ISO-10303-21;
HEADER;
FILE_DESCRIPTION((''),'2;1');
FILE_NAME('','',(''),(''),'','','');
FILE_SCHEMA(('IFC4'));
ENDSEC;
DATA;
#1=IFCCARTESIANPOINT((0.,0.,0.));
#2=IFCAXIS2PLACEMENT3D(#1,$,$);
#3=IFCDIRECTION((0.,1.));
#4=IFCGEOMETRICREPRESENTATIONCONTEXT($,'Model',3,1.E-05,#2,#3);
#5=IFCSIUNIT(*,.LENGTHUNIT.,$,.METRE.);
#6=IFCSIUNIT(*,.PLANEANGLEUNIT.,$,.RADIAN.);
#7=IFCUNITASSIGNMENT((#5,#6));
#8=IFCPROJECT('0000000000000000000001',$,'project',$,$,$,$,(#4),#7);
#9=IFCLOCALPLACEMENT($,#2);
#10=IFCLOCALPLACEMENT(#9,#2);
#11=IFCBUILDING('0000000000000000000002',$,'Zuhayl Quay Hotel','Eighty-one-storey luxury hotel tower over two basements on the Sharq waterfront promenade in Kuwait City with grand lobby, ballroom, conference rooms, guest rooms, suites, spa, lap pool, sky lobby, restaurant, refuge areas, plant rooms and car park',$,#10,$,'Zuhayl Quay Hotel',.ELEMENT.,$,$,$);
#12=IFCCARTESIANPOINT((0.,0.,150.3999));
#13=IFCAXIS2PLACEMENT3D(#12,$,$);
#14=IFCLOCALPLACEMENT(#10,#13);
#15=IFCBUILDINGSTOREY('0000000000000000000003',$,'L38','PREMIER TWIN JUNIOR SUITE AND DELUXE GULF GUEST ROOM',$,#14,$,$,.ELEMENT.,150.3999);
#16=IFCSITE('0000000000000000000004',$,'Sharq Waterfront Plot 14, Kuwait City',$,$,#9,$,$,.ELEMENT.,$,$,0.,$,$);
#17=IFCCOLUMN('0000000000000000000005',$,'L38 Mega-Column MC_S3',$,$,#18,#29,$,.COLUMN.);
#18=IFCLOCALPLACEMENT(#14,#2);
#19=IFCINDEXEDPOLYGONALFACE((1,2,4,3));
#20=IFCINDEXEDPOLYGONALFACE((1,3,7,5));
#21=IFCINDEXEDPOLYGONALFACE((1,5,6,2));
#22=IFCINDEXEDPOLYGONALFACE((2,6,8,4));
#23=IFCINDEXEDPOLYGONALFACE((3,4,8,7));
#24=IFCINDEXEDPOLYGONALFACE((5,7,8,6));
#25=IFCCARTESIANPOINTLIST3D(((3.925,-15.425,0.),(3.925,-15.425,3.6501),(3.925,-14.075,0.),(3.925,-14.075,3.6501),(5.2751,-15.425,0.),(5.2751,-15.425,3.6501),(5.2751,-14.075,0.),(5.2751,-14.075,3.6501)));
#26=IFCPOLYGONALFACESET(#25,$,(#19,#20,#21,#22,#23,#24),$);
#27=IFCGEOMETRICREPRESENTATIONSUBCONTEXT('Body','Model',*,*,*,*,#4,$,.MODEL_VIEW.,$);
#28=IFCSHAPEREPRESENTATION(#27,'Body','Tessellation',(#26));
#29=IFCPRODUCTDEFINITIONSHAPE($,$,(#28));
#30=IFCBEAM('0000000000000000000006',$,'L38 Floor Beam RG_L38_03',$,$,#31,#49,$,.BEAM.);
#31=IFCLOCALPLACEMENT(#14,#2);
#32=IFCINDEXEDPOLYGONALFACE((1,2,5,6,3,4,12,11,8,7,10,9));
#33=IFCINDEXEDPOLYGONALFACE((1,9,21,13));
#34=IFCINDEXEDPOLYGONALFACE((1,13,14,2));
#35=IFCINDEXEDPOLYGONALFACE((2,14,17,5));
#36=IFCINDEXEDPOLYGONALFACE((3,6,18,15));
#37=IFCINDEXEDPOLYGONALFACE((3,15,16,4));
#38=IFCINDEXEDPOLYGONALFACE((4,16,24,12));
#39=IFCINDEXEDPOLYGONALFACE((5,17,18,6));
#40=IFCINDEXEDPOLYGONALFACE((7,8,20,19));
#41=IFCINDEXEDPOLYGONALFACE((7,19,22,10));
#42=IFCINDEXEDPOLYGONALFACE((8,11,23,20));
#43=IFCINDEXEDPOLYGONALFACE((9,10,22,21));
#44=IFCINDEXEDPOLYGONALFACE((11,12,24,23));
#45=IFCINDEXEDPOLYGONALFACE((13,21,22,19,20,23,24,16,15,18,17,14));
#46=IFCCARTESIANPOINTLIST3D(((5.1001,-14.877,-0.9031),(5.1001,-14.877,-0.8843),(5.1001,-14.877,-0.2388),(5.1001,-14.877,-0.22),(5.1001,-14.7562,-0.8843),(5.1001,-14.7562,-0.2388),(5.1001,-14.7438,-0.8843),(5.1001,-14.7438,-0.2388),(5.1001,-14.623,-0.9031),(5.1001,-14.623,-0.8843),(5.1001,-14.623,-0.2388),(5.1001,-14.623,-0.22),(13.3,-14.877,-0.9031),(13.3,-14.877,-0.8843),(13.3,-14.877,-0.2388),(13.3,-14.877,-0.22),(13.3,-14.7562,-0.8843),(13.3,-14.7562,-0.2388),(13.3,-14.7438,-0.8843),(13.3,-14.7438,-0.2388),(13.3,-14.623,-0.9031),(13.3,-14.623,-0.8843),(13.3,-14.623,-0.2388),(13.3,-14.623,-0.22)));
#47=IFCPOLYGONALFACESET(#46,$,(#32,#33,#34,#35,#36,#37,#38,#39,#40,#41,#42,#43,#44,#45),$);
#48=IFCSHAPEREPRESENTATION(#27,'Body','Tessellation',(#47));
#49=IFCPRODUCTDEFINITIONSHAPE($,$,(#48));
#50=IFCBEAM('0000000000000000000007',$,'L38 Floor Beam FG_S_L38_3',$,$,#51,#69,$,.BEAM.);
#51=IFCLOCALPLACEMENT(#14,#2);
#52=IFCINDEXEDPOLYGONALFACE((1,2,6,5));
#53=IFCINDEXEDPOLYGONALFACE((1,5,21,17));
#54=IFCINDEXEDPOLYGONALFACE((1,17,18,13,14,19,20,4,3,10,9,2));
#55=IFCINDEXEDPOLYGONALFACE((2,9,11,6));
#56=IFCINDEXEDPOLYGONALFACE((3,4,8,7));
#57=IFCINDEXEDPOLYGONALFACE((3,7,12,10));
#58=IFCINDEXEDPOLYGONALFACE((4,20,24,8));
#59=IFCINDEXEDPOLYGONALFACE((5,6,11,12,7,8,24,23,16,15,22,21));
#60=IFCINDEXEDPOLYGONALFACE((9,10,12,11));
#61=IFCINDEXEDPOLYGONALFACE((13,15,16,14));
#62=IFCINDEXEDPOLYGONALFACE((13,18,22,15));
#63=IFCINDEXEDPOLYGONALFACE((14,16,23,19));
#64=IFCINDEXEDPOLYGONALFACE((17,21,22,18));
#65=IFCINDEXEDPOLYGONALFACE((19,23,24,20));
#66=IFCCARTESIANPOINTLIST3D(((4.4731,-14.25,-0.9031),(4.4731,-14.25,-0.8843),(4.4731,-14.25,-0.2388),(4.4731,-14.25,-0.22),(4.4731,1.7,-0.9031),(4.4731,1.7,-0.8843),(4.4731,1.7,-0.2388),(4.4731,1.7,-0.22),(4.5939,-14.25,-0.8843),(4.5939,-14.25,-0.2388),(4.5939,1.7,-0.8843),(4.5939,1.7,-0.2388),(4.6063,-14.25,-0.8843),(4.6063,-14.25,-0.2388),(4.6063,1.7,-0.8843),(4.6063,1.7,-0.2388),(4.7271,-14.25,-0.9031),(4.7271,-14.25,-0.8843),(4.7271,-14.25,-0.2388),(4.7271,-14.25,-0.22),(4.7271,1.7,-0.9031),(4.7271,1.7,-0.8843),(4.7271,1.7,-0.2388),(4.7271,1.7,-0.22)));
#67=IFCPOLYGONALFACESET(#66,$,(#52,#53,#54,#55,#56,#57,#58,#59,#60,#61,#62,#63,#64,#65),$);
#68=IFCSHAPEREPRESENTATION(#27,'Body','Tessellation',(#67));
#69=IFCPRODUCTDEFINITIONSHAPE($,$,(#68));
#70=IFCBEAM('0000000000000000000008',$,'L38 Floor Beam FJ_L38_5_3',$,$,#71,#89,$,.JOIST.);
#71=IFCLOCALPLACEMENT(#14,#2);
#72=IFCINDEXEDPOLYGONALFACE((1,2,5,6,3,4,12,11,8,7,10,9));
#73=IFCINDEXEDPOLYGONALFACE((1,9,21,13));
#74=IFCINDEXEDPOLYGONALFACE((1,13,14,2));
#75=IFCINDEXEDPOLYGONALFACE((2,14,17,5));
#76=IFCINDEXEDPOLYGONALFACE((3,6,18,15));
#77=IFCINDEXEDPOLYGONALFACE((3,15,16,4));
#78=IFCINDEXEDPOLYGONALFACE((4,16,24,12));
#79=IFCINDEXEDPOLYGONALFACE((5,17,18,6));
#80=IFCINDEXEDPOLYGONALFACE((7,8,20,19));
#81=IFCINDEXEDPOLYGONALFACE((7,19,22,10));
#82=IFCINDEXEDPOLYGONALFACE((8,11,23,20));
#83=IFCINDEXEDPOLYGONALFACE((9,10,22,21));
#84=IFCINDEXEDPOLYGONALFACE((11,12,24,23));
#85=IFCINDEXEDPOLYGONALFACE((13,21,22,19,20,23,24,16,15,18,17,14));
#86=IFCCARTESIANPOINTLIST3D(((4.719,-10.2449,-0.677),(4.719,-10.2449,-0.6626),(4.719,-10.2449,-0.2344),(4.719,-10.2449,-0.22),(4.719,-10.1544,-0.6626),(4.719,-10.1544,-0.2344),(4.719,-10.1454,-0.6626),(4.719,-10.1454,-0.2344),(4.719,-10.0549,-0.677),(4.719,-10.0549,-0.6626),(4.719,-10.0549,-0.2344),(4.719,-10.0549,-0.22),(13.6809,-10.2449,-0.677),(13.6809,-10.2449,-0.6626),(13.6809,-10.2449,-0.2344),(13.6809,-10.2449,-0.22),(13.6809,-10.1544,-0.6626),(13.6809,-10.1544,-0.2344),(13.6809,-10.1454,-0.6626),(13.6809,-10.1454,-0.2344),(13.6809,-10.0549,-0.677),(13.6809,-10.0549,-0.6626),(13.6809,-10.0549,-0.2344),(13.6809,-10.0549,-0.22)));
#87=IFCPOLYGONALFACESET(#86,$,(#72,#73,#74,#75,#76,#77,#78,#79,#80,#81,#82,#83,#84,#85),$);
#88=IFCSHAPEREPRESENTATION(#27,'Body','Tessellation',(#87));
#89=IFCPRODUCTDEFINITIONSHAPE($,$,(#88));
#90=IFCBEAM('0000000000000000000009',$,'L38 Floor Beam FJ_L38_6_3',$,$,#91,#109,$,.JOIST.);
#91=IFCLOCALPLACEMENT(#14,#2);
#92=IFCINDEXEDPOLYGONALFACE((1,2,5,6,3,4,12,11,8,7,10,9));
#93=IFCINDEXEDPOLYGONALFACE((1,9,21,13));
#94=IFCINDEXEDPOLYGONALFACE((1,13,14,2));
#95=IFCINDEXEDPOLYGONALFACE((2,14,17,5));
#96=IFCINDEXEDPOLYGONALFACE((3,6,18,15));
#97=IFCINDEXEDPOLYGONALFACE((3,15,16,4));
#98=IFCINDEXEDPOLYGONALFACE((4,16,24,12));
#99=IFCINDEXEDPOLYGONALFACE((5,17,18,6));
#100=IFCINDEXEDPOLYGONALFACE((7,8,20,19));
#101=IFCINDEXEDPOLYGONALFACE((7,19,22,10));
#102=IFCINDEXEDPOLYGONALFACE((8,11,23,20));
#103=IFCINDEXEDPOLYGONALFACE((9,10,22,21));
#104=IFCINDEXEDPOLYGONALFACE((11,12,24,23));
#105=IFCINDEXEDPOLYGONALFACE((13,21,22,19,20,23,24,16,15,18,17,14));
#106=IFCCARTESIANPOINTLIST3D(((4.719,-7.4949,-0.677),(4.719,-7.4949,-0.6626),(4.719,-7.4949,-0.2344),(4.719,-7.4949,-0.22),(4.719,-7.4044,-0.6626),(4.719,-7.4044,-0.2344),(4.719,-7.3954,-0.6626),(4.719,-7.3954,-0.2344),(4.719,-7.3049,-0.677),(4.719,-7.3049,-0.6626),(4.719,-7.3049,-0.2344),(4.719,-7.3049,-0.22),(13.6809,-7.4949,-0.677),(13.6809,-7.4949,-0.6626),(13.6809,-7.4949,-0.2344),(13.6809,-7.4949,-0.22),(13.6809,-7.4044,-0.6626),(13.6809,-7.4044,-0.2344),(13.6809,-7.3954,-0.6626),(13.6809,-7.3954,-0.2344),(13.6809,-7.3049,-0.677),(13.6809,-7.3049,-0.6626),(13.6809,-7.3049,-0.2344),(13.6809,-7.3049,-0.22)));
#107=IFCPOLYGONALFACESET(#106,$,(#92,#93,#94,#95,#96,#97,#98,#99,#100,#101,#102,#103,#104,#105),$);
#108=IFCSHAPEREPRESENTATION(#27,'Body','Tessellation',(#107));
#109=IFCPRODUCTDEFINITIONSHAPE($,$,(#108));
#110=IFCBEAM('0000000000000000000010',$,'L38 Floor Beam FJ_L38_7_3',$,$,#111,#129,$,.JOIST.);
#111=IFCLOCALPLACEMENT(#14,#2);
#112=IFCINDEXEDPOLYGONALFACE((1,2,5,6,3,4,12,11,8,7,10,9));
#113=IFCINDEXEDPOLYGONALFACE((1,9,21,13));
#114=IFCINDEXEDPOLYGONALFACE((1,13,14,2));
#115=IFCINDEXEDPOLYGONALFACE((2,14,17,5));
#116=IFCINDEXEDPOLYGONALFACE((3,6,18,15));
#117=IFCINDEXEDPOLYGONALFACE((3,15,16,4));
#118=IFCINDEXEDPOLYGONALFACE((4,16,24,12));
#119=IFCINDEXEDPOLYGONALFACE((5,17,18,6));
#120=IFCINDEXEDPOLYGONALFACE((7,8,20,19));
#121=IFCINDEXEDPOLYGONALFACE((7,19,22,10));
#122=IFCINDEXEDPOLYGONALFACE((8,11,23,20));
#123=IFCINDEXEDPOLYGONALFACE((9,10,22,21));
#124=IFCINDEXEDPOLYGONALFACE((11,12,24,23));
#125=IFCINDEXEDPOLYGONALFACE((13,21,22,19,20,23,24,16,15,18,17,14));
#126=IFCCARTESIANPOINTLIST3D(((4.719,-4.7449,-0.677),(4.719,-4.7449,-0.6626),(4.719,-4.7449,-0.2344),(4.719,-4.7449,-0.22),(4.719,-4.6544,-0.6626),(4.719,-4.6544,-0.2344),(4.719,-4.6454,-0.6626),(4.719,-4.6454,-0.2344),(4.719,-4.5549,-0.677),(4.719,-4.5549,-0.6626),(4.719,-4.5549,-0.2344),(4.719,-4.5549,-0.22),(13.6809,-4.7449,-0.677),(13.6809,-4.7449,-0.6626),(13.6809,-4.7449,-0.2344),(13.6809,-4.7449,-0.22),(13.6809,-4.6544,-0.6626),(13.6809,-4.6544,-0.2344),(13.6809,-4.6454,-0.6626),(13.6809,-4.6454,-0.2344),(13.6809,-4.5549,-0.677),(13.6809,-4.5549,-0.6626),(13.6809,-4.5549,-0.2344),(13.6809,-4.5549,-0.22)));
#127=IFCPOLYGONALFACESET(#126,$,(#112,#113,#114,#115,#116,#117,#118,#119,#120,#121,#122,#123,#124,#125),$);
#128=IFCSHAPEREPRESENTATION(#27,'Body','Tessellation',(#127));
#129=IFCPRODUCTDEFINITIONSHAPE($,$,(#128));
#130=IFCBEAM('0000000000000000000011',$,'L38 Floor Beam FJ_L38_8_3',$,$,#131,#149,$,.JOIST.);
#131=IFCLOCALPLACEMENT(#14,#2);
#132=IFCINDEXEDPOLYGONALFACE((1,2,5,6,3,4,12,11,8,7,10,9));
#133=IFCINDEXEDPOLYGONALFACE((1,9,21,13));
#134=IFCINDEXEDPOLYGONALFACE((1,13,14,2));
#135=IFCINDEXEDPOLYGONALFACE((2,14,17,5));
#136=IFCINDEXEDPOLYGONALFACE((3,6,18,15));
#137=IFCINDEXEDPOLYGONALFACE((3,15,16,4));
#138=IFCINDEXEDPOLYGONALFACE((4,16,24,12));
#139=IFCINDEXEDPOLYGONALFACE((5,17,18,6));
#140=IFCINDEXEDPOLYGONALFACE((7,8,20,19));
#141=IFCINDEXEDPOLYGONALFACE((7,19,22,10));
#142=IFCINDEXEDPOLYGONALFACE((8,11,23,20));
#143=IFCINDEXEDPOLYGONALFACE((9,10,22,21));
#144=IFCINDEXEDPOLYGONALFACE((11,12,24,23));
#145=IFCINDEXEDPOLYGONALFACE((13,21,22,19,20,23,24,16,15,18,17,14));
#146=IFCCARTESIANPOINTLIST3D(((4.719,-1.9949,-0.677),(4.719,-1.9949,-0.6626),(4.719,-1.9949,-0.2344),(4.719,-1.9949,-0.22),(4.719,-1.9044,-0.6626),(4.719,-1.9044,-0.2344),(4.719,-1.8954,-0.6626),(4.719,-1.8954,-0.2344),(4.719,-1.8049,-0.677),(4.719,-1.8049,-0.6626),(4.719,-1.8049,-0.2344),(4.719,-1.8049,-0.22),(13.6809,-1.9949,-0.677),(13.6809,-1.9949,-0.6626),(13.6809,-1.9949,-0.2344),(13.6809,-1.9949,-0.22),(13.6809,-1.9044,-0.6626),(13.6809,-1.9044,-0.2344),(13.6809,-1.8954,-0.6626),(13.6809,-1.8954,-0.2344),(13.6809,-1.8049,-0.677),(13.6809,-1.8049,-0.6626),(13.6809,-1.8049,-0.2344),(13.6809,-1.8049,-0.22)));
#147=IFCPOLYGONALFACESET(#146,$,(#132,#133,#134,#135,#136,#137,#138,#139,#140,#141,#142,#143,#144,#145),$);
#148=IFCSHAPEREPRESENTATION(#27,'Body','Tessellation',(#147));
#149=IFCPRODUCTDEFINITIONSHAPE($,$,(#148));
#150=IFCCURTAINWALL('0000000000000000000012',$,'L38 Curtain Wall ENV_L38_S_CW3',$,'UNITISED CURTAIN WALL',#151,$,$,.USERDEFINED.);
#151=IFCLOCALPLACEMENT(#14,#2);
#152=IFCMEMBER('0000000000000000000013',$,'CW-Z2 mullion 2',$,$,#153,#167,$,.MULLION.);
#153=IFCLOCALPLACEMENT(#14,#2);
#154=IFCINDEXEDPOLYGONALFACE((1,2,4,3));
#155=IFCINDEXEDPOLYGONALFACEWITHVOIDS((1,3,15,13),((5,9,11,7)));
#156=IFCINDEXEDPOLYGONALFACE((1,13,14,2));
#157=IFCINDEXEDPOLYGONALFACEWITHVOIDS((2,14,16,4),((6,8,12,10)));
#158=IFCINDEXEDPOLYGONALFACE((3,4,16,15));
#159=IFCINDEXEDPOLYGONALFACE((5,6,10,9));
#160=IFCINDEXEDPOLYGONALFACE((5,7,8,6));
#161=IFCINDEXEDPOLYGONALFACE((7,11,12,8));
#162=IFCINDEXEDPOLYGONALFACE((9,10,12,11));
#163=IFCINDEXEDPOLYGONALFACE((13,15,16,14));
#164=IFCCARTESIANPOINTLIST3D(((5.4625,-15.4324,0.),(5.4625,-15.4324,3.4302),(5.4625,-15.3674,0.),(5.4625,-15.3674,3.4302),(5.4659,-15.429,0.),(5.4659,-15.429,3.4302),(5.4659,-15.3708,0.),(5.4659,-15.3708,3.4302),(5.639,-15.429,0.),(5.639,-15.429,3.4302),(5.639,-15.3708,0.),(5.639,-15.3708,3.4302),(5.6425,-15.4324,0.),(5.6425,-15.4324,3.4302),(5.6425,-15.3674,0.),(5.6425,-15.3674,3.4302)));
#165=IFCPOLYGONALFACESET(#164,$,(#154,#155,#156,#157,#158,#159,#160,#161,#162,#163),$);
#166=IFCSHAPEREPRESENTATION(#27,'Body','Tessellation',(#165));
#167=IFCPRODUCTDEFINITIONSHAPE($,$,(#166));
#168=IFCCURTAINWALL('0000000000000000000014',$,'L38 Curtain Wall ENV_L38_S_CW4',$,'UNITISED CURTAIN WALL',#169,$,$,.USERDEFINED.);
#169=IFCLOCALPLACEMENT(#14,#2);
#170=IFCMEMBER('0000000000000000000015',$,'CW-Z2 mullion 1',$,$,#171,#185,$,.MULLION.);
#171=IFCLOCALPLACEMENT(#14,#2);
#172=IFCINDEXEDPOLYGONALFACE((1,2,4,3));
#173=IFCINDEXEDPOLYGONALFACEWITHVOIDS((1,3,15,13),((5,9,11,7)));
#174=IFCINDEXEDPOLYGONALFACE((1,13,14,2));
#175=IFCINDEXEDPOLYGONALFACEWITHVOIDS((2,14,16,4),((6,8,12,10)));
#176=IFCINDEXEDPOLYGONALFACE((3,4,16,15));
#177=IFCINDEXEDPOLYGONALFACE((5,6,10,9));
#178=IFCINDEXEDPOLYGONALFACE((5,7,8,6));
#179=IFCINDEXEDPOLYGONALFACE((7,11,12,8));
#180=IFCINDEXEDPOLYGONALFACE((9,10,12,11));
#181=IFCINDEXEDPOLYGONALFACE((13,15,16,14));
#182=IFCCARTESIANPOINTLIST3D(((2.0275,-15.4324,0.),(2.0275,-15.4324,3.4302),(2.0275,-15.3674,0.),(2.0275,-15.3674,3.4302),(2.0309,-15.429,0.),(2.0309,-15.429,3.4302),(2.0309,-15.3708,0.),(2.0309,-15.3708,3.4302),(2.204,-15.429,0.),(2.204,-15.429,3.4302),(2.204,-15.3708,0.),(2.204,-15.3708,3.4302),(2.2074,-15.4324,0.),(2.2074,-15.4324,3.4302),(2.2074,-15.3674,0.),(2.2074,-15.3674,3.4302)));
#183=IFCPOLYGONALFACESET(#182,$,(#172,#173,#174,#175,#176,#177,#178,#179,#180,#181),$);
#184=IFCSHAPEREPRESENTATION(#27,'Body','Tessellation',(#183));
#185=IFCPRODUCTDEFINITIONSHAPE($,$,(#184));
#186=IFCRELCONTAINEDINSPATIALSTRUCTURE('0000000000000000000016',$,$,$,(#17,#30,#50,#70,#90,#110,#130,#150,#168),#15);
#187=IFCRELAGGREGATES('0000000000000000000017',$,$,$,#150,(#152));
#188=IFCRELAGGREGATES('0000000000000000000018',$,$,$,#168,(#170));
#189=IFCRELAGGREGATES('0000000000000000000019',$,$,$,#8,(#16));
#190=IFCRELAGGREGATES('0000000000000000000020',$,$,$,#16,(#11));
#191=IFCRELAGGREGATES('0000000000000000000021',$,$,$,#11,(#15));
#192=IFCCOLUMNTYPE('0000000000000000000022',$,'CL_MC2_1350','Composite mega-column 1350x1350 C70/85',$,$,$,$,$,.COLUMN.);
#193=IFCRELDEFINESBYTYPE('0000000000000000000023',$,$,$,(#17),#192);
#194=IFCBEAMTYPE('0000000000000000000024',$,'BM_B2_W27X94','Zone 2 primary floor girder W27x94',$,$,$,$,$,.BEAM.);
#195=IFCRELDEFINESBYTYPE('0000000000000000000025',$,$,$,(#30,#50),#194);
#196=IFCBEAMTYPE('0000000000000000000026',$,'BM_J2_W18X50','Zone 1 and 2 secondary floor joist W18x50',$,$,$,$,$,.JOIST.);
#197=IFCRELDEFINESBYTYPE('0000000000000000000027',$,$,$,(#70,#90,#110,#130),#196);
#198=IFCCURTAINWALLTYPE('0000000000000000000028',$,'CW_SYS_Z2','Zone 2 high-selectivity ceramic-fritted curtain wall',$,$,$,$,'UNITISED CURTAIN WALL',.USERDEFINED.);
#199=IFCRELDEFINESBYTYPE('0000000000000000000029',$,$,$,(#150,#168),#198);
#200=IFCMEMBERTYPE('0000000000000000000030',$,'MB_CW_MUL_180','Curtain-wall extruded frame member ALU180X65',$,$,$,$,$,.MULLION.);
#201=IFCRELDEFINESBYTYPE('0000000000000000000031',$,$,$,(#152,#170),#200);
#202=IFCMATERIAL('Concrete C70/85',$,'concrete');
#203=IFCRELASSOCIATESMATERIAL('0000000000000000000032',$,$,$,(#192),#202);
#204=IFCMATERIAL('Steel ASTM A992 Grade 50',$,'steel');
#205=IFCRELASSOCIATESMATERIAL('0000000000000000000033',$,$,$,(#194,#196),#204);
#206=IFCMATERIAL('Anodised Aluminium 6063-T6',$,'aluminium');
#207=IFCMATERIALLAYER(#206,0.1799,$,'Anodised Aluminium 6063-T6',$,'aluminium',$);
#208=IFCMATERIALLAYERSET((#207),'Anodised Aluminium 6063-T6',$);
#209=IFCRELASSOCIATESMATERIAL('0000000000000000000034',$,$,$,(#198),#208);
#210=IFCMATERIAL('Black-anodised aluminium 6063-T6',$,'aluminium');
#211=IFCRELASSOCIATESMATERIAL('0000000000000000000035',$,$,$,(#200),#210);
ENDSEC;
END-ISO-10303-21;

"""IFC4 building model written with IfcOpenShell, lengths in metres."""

from ifc_helpers import new_model, si_unit, direction, frame, origin, origin_2d, place, context, subcontext, project, spatial, rectangle, hollow_rectangle, i_section, extrude, material, layer, layer_set, material_profile, profile_set, type_object, element, aggregate, save


model = new_model("IFC4")

# Units and contexts
model_context = context("Model", 3, precision=1e-05, world=origin(), true_north=direction((0.0, 1.0)))
body_context = subcontext(model_context, "Body", "Model", "MODEL_VIEW")
ifc_project = project(units=[si_unit("LENGTHUNIT", "METRE"), si_unit("PLANEANGLEUNIT", "RADIAN")], contexts=[model_context])

# Site, building, storey
site_placement = place(None, origin())
site = spatial("IfcSite", under=ifc_project, at=site_placement, Name="Sharq Waterfront Plot 14, Kuwait City", CompositionType="ELEMENT", RefElevation=0.0)
building_placement = place(site_placement, origin())
building = spatial("IfcBuilding", under=site, at=building_placement, Name="Zuhayl Quay Hotel", Description="Eighty-one-storey luxury hotel tower over two basements on the Sharq waterfront promenade in Kuwait City with grand lobby, ballroom, conference rooms, guest rooms, suites, spa, lap pool, sky lobby, restaurant, refuge areas, plant rooms and car park", LongName="Zuhayl Quay Hotel", CompositionType="ELEMENT")
storey_placement = place(building_placement, frame((0.0, 0.0, 150.3999)))
storey = spatial("IfcBuildingStorey", under=building, at=storey_placement, Name="L38", Description="PREMIER TWIN JUNIOR SUITE AND DELUXE GULF GUEST ROOM", CompositionType="ELEMENT", Elevation=150.3999)

# Column
ifc_material_1 = material(Name="Concrete C70/85", Category="concrete")
ifc_material_profile_1 = material_profile(ifc_material_1, rectangle(XDim=1.3501, YDim=1.3501, at=origin_2d()), Name="RC1350X1350")
ifc_profile_set_1 = profile_set([ifc_material_profile_1], Name="Concrete C70/85")
column_type = type_object("IfcColumnType", Name="CL_MC2_1350", Description="Composite mega-column 1350x1350 C70/85", PredefinedType="COLUMN", material=ifc_profile_set_1)
column_placement = place(storey_placement, frame((4.6001, -14.75, 0.0), z_axis=(0.0, 0.0, 1.0), x_axis=(1.0, 0.0, 0.0)))
element("IfcColumn", 1, at=column_placement, inside=storey, type_object=column_type, Name="L38 Mega-Column MC_S3", PredefinedType="COLUMN", context=body_context, shape_type="SweptSolid", body=[
    extrude(rectangle(XDim=1.3501, YDim=1.3501, at=origin_2d()), origin(), (0.0, 0.0, 1.0), 3.6501),
])

# Beams
ifc_material_2 = material(Name="Steel ASTM A992 Grade 50", Category="steel")
ifc_material_profile_2 = material_profile(ifc_material_2, i_section(OverallWidth=0.2539, OverallDepth=0.6831, WebThickness=0.0125, FlangeThickness=0.0188, at=origin_2d()), Name="W27X94")
ifc_profile_set_2 = profile_set([ifc_material_profile_2], Name="Steel ASTM A992 Grade 50")
beam_type_1 = type_object("IfcBeamType", Name="BM_B2_W27X94", Description="Zone 2 primary floor girder W27x94", PredefinedType="BEAM", material=ifc_profile_set_2)
beam_1_placement = place(storey_placement, frame((5.1001, -14.75, -0.5615), z_axis=(1.0, 0.0, 0.0), x_axis=(0.0, 1.0, 0.0)))
element("IfcBeam", 2, at=beam_1_placement, inside=storey, type_object=beam_type_1, Name="L38 Floor Beam RG_L38_03", PredefinedType="BEAM", context=body_context, shape_type="SweptSolid", body=[
    extrude(i_section(OverallWidth=0.2539, OverallDepth=0.6831, WebThickness=0.0125, FlangeThickness=0.0188, at=origin_2d()), origin(), (0.0, 0.0, 1.0), 8.2),
])
beam_2_placement = place(storey_placement, frame((4.6001, -14.25, -0.5615), z_axis=(0.0, 1.0, 0.0), x_axis=(-1.0, 0.0, 0.0)))
element("IfcBeam", 3, at=beam_2_placement, inside=storey, type_object=beam_type_1, Name="L38 Floor Beam FG_S_L38_3", PredefinedType="BEAM", context=body_context, shape_type="SweptSolid", body=[
    extrude(i_section(OverallWidth=0.2539, OverallDepth=0.6831, WebThickness=0.0125, FlangeThickness=0.0188, at=origin_2d()), origin(), (0.0, 0.0, 1.0), 15.95),
])
ifc_material_profile_3 = material_profile(ifc_material_2, i_section(OverallWidth=0.1899, OverallDepth=0.457, WebThickness=0.009, FlangeThickness=0.0144, at=origin_2d()), Name="W18X50")
ifc_profile_set_3 = profile_set([ifc_material_profile_3], Name="Steel ASTM A992 Grade 50")
beam_type_2 = type_object("IfcBeamType", Name="BM_J2_W18X50", Description="Zone 1 and 2 secondary floor joist W18x50", PredefinedType="JOIST", material=ifc_profile_set_3)
for number, where, z_axis, x_axis, name in (
    (4, (4.719, -10.1499, -0.4485), (1.0, 0.0, 0.0), (0.0, 1.0, 0.0), "L38 Floor Beam FJ_L38_5_3"),
    (5, (4.719, -7.3999, -0.4485), (1.0, 0.0, 0.0), (0.0, 1.0, 0.0), "L38 Floor Beam FJ_L38_6_3"),
    (6, (4.719, -4.6499, -0.4485), (1.0, 0.0, 0.0), (0.0, 1.0, 0.0), "L38 Floor Beam FJ_L38_7_3"),
    (7, (4.719, -1.8999, -0.4485), (1.0, 0.0, 0.0), (0.0, 1.0, 0.0), "L38 Floor Beam FJ_L38_8_3"),
):
    element("IfcBeam", number, at=place(storey_placement, frame(where, z_axis=z_axis, x_axis=x_axis)), inside=storey, type_object=beam_type_2, Name=name, PredefinedType="JOIST", context=body_context, shape_type="SweptSolid", body=[
        extrude(i_section(OverallWidth=0.1899, OverallDepth=0.457, WebThickness=0.009, FlangeThickness=0.0144, at=origin_2d()), origin(), (0.0, 0.0, 1.0), 8.9619),
    ])

# Curtain wall, member
ifc_material_3 = material(Name="Anodised Aluminium 6063-T6", Category="aluminium")
ifc_layer_1 = layer(ifc_material_3, 0.1799, Name="Anodised Aluminium 6063-T6", Category="aluminium")
ifc_layer_set_1 = layer_set([ifc_layer_1], Name="Anodised Aluminium 6063-T6")
curtain_wall_type = type_object("IfcCurtainWallType", Name="CW_SYS_Z2", Description="Zone 2 high-selectivity ceramic-fritted curtain wall", ElementType="UNITISED CURTAIN WALL", PredefinedType="USERDEFINED", material=ifc_layer_set_1)
curtain_wall_1_placement = place(storey_placement, origin())
curtain_wall_1 = element("IfcCurtainWall", 8, at=curtain_wall_1_placement, inside=storey, type_object=curtain_wall_type, Name="L38 Curtain Wall ENV_L38_S_CW3", ObjectType="UNITISED CURTAIN WALL", PredefinedType="USERDEFINED")
ifc_material_4 = material(Name="Black-anodised aluminium 6063-T6", Category="aluminium")
ifc_material_profile_4 = material_profile(ifc_material_4, hollow_rectangle(XDim=0.0649, YDim=0.1799, WallThickness=0.0034, at=origin_2d()), Name="ALU180X65")
ifc_profile_set_4 = profile_set([ifc_material_profile_4], Name="Black-anodised aluminium 6063-T6")
member_type_1 = type_object("IfcMemberType", Name="MB_CW_MUL_180", Description="Curtain-wall extruded frame member ALU180X65", PredefinedType="MULLION", material=ifc_profile_set_4)
member_1_placement = place(storey_placement, frame((5.5525, -15.3999, 0.0), z_axis=(0.0, 0.0, 1.0), x_axis=(0.0, -1.0, 0.0)))
member_1 = element("IfcMember", 9, at=member_1_placement, type_object=member_type_1, Name="CW-Z2 mullion 2", PredefinedType="MULLION", context=body_context, shape_type="SweptSolid", body=[
    extrude(hollow_rectangle(XDim=0.0649, YDim=0.1799, WallThickness=0.0034, at=origin_2d()), origin(), (0.0, 0.0, 1.0), 3.4302),
])

# Curtain wall, member
curtain_wall_2_placement = place(storey_placement, origin())
curtain_wall_2 = element("IfcCurtainWall", 10, at=curtain_wall_2_placement, inside=storey, type_object=curtain_wall_type, Name="L38 Curtain Wall ENV_L38_S_CW4", ObjectType="UNITISED CURTAIN WALL", PredefinedType="USERDEFINED")
member_2_placement = place(storey_placement, frame((2.1174, -15.3999, 0.0), z_axis=(0.0, 0.0, 1.0), x_axis=(0.0, -1.0, 0.0)))
member_2 = element("IfcMember", 11, at=member_2_placement, type_object=member_type_1, Name="CW-Z2 mullion 1", PredefinedType="MULLION", context=body_context, shape_type="SweptSolid", body=[
    extrude(hollow_rectangle(XDim=0.0649, YDim=0.1799, WallThickness=0.0034, at=origin_2d()), origin(), (0.0, 0.0, 1.0), 3.4302),
])

aggregate(curtain_wall_1, [member_1])
aggregate(curtain_wall_2, [member_2])

save(model, "model.ifc")
